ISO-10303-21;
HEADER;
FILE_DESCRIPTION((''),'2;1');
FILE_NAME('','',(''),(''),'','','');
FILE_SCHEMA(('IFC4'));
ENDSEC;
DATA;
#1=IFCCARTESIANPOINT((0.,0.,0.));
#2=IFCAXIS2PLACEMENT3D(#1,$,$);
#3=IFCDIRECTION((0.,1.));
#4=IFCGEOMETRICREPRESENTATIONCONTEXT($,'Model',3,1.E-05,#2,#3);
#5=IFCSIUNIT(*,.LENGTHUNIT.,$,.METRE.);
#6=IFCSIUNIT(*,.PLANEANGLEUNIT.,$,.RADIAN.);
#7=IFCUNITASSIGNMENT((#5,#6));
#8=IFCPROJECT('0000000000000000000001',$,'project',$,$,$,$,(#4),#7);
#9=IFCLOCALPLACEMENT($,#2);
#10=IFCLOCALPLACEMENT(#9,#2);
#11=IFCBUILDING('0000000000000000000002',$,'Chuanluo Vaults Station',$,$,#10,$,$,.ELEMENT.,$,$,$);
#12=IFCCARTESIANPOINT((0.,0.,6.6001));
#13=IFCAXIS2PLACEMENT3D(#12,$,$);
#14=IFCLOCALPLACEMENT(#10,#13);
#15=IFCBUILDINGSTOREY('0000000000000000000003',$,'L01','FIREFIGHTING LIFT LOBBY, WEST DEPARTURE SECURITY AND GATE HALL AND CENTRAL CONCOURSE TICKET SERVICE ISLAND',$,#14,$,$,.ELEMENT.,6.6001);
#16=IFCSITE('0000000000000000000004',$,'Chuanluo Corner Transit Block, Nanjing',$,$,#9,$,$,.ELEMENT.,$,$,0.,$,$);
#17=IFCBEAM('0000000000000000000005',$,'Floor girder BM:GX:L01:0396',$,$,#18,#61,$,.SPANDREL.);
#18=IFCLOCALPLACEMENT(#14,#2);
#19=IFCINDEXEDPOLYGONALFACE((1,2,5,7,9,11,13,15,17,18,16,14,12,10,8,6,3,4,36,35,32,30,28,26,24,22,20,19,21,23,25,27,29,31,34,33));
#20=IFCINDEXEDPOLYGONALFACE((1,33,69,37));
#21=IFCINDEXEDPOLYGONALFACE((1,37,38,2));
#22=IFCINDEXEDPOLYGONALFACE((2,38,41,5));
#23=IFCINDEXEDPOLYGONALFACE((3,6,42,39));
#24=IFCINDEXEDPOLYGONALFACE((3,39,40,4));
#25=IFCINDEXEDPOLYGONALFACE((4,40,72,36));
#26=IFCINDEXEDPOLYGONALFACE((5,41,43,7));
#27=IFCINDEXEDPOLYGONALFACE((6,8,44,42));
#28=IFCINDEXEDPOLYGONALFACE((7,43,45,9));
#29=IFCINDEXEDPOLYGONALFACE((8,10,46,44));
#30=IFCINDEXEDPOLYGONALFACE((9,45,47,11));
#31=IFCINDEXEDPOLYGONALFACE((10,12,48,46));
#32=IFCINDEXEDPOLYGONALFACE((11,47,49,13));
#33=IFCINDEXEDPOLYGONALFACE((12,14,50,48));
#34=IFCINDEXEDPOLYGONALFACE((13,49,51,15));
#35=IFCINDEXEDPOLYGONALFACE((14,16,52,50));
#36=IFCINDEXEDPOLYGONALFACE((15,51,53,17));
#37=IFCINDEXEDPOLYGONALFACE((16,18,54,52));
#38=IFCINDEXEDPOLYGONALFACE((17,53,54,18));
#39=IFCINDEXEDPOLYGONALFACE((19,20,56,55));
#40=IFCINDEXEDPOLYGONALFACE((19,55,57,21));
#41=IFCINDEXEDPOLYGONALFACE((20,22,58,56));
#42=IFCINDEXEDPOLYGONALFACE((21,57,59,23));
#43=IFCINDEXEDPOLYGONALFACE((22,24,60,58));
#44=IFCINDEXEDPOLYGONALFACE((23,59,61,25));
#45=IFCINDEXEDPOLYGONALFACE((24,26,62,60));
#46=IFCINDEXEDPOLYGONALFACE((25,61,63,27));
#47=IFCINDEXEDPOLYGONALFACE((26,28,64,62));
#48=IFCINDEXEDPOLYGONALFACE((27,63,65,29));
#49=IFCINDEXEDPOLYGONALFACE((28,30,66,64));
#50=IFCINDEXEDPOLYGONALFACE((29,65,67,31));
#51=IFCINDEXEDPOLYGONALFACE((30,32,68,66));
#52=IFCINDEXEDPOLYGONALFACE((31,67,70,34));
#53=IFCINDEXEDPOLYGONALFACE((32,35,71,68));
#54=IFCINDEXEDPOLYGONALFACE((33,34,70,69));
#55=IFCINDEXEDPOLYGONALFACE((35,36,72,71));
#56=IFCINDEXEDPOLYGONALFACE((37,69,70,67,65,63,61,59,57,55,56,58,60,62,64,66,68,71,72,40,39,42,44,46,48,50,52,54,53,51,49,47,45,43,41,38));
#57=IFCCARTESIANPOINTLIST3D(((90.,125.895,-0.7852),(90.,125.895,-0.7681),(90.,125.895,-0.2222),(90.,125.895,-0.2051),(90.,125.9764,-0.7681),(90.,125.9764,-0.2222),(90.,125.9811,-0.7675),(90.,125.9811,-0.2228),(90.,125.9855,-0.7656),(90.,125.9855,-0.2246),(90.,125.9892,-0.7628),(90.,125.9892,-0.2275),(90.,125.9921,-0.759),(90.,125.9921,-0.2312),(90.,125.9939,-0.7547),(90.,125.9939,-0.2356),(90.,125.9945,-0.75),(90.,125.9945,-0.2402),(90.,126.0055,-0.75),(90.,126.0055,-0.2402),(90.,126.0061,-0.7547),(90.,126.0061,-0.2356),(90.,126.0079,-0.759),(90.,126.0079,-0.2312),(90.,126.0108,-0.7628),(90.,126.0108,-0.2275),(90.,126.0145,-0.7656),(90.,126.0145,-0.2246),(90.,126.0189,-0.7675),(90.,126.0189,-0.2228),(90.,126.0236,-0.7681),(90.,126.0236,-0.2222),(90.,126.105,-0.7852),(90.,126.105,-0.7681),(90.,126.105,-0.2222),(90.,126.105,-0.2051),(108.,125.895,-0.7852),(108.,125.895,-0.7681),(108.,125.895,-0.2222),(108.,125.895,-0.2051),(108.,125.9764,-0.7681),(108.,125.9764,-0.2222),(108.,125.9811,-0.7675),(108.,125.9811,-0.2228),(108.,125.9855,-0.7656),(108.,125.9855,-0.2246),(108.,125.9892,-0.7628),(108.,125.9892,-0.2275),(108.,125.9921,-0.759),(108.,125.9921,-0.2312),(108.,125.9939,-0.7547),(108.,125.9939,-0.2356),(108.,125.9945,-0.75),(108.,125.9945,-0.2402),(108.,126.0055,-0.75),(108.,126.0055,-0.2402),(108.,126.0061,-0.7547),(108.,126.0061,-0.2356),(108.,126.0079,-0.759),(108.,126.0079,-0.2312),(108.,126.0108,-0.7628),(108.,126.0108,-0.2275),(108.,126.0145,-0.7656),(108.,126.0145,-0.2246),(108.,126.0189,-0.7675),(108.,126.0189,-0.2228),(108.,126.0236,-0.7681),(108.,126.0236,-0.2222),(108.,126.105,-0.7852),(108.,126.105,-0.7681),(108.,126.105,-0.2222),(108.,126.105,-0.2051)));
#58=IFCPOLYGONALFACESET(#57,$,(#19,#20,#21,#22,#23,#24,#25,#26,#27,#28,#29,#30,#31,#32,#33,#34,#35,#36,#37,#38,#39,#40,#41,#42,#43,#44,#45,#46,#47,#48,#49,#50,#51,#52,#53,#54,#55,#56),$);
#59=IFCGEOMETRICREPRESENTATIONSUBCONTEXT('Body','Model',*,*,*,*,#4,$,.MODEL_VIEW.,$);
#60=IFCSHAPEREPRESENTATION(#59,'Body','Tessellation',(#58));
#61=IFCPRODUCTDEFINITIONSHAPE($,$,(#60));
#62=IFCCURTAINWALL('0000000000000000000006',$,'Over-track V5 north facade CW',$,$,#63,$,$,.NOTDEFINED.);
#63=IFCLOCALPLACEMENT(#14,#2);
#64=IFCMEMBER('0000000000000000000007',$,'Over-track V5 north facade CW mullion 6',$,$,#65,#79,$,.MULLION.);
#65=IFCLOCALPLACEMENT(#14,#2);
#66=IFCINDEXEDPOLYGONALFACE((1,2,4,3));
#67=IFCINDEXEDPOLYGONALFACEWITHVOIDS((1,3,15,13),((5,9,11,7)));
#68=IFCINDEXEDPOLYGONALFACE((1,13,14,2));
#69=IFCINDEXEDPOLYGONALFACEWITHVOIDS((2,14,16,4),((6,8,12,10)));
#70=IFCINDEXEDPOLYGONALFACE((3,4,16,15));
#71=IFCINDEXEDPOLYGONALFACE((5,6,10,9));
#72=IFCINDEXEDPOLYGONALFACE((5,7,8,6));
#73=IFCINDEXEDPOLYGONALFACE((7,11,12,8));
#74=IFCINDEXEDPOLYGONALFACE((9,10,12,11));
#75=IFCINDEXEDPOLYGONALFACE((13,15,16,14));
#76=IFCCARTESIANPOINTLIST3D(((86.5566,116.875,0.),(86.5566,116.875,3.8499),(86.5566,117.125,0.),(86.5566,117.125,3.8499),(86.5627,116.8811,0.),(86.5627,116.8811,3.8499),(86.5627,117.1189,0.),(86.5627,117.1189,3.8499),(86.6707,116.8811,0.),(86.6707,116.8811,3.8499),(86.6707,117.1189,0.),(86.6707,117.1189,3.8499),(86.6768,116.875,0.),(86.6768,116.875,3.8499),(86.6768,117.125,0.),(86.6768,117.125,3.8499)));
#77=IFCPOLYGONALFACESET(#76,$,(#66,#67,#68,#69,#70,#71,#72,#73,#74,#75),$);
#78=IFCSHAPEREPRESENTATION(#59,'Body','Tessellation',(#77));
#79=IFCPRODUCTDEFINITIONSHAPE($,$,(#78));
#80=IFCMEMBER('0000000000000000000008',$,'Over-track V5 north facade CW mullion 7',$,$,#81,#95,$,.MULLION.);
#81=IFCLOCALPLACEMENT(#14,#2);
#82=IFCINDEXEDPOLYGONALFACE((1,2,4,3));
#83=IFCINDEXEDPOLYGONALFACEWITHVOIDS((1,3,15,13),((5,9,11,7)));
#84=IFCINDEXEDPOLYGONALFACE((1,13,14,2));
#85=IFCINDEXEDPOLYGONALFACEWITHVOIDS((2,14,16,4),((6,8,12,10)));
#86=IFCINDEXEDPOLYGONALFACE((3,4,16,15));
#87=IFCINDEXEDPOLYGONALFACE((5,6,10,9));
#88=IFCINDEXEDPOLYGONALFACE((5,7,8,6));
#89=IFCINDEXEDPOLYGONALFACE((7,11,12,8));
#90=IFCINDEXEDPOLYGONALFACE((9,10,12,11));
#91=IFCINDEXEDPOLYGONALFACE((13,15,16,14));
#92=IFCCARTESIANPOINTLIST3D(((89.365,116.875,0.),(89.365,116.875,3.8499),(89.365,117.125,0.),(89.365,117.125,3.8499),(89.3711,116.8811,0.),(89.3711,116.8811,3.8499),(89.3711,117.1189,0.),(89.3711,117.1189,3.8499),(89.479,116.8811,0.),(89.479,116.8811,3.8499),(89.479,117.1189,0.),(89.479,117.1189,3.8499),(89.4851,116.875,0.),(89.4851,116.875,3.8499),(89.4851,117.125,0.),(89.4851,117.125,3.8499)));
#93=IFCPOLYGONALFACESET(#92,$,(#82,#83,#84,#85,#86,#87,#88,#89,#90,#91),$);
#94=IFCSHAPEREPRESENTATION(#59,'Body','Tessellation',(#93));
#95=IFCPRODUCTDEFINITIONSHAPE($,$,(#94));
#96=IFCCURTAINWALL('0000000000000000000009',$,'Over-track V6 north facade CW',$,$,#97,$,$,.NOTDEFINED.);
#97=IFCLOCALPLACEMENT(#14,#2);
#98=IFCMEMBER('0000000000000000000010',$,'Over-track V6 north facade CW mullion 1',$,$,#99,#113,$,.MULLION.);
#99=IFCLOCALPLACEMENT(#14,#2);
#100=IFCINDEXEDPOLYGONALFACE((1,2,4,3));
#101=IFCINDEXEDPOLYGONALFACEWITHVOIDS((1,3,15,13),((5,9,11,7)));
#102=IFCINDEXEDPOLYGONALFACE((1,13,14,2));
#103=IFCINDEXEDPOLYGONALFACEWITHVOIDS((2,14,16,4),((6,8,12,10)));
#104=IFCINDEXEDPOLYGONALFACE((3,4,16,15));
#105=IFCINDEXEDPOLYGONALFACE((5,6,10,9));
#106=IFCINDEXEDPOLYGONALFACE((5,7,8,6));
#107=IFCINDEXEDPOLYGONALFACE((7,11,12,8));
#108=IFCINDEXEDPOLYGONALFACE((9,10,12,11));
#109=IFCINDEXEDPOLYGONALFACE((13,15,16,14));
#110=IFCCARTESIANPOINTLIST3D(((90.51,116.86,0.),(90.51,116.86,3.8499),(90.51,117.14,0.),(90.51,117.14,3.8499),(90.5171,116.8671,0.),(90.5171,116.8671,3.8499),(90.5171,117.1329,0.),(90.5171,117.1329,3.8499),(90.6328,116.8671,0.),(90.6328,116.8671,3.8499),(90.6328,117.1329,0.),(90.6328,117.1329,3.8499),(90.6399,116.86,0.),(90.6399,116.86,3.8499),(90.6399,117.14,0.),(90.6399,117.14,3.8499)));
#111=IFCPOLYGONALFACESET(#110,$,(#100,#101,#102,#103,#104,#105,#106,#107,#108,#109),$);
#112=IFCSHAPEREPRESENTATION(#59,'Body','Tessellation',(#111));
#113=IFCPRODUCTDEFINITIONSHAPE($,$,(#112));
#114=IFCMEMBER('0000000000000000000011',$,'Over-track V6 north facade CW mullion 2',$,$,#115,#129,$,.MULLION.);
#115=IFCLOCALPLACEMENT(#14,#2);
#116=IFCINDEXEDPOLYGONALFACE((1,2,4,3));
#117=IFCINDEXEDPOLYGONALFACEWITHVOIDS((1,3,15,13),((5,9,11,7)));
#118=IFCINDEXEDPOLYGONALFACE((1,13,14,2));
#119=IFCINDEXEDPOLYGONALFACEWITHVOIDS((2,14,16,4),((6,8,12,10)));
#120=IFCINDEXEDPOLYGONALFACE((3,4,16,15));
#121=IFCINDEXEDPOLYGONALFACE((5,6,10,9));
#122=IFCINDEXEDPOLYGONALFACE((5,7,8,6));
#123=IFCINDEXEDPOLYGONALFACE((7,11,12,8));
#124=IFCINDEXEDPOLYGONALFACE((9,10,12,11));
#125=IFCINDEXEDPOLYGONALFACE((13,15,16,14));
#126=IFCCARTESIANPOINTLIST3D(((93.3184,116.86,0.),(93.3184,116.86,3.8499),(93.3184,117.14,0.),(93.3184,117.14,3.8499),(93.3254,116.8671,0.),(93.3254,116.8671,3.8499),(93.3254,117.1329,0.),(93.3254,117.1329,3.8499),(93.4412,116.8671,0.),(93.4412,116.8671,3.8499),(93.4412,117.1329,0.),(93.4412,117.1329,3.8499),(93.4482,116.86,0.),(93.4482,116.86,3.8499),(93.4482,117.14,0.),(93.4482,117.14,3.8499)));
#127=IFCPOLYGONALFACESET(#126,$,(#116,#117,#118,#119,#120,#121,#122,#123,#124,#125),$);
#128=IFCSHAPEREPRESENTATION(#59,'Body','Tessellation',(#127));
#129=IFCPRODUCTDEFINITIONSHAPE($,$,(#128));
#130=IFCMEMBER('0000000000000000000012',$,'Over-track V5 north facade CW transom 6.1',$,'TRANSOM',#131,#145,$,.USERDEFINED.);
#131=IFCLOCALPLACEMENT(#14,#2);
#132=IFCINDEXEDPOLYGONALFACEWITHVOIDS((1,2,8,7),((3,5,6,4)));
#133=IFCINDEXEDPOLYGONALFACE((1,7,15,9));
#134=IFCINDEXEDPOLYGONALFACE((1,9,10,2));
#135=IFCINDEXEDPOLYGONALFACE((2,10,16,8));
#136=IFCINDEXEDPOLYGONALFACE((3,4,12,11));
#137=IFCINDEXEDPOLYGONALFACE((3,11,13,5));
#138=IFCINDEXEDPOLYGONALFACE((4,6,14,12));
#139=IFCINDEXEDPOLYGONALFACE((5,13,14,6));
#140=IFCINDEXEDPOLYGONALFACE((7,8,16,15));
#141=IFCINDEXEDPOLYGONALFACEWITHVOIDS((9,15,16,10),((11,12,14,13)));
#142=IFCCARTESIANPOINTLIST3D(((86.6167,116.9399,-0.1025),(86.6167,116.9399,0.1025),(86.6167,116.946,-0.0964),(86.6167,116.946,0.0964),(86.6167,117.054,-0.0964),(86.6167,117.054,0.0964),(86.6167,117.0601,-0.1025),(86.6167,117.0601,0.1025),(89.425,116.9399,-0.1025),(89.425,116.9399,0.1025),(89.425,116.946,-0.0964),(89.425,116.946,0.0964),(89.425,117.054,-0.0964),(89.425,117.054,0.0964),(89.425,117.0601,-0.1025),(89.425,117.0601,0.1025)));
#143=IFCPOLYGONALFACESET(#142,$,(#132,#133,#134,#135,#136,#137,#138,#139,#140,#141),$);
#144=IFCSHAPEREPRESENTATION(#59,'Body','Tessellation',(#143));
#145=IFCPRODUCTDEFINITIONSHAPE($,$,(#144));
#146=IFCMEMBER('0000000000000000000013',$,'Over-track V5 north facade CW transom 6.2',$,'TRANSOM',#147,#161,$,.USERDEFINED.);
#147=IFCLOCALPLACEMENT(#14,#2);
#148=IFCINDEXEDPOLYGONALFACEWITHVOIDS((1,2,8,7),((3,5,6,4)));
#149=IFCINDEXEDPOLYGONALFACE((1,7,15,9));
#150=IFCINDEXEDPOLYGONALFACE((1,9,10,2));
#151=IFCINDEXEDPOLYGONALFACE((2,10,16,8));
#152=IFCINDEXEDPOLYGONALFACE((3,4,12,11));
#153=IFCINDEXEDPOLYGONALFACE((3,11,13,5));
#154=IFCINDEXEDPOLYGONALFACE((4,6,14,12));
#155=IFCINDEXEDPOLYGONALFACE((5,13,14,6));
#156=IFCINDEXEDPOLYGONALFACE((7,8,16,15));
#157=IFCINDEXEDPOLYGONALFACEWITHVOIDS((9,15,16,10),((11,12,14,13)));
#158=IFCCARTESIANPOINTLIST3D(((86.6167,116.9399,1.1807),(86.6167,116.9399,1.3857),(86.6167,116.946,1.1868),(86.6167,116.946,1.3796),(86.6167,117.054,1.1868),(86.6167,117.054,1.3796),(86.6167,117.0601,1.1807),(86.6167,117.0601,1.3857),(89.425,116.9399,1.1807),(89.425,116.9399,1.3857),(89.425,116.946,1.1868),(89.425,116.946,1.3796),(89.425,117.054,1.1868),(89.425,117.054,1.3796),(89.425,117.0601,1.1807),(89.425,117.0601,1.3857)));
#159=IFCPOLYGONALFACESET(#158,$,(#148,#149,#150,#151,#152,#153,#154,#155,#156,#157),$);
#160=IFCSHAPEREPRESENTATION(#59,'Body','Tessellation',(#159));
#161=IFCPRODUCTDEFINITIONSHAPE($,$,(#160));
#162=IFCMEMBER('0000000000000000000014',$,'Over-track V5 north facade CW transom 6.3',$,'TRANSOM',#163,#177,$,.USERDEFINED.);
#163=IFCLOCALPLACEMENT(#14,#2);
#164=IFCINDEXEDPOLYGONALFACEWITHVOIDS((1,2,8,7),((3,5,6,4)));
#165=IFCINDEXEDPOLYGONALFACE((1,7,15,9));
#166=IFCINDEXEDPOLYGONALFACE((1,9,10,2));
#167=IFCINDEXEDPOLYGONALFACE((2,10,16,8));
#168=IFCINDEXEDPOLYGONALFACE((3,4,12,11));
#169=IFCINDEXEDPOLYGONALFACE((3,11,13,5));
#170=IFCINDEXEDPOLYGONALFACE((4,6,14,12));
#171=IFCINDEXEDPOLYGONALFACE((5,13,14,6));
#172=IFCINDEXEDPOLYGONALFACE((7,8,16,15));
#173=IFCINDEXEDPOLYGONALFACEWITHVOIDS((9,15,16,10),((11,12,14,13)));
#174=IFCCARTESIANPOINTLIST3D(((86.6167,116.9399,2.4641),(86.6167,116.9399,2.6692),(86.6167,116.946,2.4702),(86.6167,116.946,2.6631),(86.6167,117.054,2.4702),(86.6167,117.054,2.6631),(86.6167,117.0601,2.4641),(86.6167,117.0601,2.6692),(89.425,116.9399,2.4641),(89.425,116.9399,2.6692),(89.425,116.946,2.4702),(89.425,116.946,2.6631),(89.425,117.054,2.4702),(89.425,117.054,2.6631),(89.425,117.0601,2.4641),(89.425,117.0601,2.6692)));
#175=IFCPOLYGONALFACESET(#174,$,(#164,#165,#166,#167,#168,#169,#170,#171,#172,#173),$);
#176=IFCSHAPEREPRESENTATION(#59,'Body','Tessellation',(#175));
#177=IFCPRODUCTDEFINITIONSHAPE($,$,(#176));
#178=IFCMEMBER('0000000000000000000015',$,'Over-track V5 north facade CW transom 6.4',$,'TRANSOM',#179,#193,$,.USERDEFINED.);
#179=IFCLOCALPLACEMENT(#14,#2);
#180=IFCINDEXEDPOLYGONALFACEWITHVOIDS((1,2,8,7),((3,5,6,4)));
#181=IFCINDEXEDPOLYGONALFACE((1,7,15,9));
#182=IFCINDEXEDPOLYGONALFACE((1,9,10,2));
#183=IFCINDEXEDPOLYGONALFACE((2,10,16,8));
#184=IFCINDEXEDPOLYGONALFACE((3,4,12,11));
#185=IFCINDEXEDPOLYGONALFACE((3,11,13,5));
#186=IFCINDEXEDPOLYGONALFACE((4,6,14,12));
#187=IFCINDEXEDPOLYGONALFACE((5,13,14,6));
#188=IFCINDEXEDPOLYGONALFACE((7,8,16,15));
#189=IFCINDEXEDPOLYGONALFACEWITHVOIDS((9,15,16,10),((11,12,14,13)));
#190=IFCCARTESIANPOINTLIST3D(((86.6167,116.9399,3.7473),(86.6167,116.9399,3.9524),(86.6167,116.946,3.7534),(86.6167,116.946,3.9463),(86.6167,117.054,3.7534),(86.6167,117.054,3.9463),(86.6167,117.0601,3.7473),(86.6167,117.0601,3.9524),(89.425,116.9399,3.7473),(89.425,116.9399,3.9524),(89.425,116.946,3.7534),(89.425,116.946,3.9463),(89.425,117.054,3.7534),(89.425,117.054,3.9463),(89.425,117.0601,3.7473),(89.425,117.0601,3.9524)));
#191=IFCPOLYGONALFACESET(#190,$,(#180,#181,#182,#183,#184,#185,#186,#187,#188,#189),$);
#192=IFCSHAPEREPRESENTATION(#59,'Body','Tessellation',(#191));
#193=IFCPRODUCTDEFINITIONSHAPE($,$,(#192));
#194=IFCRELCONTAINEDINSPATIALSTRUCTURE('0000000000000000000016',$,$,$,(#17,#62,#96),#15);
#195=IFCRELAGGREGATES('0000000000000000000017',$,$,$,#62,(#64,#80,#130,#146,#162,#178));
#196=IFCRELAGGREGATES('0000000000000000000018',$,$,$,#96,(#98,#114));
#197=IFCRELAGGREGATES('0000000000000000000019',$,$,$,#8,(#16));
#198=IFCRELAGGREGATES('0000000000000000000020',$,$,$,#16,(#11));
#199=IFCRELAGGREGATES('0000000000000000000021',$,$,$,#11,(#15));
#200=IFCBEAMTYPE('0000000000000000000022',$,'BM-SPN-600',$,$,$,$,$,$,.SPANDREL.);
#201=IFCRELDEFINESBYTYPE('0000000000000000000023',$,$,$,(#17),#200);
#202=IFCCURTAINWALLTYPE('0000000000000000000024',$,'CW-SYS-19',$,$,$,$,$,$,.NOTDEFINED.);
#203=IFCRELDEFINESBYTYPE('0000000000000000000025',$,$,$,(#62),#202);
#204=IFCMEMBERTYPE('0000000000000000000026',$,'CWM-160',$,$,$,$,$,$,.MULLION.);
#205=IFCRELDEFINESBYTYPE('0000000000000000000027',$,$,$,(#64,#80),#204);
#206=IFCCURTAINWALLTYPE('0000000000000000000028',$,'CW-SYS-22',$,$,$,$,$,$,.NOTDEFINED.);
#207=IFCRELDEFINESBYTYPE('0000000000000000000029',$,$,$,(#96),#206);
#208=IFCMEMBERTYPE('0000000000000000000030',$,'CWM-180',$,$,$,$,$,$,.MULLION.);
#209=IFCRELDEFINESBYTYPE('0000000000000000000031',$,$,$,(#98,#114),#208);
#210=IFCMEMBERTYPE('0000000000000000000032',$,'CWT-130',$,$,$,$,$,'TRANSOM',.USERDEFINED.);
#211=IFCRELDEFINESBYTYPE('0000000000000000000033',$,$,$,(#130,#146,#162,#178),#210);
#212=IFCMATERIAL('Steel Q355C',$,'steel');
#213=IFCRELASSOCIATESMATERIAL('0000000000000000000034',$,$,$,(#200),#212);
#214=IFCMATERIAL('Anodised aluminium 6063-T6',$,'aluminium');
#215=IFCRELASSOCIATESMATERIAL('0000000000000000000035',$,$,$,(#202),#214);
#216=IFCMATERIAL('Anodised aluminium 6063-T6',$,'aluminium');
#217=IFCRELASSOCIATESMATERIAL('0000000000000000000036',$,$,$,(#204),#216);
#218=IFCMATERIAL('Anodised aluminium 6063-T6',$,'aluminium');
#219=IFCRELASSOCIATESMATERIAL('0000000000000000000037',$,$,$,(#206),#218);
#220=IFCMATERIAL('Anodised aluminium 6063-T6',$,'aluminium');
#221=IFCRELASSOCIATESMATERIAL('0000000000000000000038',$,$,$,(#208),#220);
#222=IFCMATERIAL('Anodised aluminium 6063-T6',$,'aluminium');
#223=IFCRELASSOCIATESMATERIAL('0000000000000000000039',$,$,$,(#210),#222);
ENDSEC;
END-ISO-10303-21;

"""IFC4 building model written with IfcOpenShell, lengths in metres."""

from ifc_helpers import new_model, si_unit, direction, frame, origin, origin_2d, place, context, subcontext, project, spatial, hollow_rectangle, i_section, extrude, material, material_profile, profile_set, type_object, element, aggregate, save


model = new_model("IFC4")

# Units and contexts
model_context = context("Model", 3, precision=1e-05, world=origin(), true_north=direction((0.0, 1.0)))
body_context = subcontext(model_context, "Body", "Model", "MODEL_VIEW")
ifc_project = project(units=[si_unit("LENGTHUNIT", "METRE"), si_unit("PLANEANGLEUNIT", "RADIAN")], contexts=[model_context])

# Site, building, storey
site_placement = place(None, origin())
site = spatial("IfcSite", under=ifc_project, at=site_placement, Name="Chuanluo Corner Transit Block, Nanjing", CompositionType="ELEMENT", RefElevation=0.0)
building_placement = place(site_placement, origin())
building = spatial("IfcBuilding", under=site, at=building_placement, Name="Chuanluo Vaults Station", CompositionType="ELEMENT")
storey_placement = place(building_placement, frame((0.0, 0.0, 6.6001)))
storey = spatial("IfcBuildingStorey", under=building, at=storey_placement, Name="L01", Description="FIREFIGHTING LIFT LOBBY, WEST DEPARTURE SECURITY AND GATE HALL AND CENTRAL CONCOURSE TICKET SERVICE ISLAND", CompositionType="ELEMENT", Elevation=6.6001)

# Beam
ifc_material_1 = material(Name="Steel Q355C", Category="steel")
ifc_material_profile_1 = material_profile(ifc_material_1, i_section(OverallWidth=0.21, OverallDepth=0.5801, WebThickness=0.011, FlangeThickness=0.0171, FilletRadius=0.0181, at=origin_2d()))
ifc_profile_set_1 = profile_set([ifc_material_profile_1], Name="Steel Q355C")
beam_type_1 = type_object("IfcBeamType", Name="BM-SPN-600", PredefinedType="SPANDREL", material=ifc_profile_set_1)
beam_1_placement = place(storey_placement, frame((90.0, 126.0, -0.4951), z_axis=(1.0, 0.0, 0.0), x_axis=(0.0, 1.0, 0.0)))
element("IfcBeam", 1, at=beam_1_placement, inside=storey, type_object=beam_type_1, Name="Floor girder BM:GX:L01:0396", PredefinedType="SPANDREL", context=body_context, shape_type="SweptSolid", body=[
    extrude(i_section(OverallWidth=0.21, OverallDepth=0.5801, WebThickness=0.011, FlangeThickness=0.0171, FilletRadius=0.0181, at=origin_2d()), origin(), (0.0, 0.0, 1.0), 18.0),
])

# Curtain walls, members
ifc_material_2 = material(Name="Anodised aluminium 6063-T6", Category="aluminium")
curtain_wall_type_1 = type_object("IfcCurtainWallType", Name="CW-SYS-19", PredefinedType="NOTDEFINED", material=ifc_material_2)
curtain_wall_1_placement = place(storey_placement, origin())
curtain_wall_1 = element("IfcCurtainWall", 2, at=curtain_wall_1_placement, inside=storey, type_object=curtain_wall_type_1, Name="Over-track V5 north facade CW", PredefinedType="NOTDEFINED")
ifc_material_3 = material(Name="Anodised aluminium 6063-T6", Category="aluminium")
ifc_material_profile_2 = material_profile(ifc_material_3, hollow_rectangle(XDim=0.1201, YDim=0.25, WallThickness=0.0061, at=origin_2d()))
ifc_profile_set_2 = profile_set([ifc_material_profile_2], Name="Anodised aluminium 6063-T6")
member_type_1 = type_object("IfcMemberType", Name="CWM-160", PredefinedType="MULLION", material=ifc_profile_set_2)
member_1_placement = place(storey_placement, frame((86.6167, 117.0, 0.0), z_axis=(0.0, 0.0, 1.0), x_axis=(1.0, 0.0, 0.0)))
member_1 = element("IfcMember", 3, at=member_1_placement, type_object=member_type_1, Name="Over-track V5 north facade CW mullion 6", PredefinedType="MULLION", context=body_context, shape_type="SweptSolid", body=[
    extrude(hollow_rectangle(XDim=0.1201, YDim=0.25, WallThickness=0.0061, at=origin_2d()), origin(), (0.0, 0.0, 1.0), 3.8499),
])
member_2_placement = place(storey_placement, frame((89.425, 117.0, 0.0), z_axis=(0.0, 0.0, 1.0), x_axis=(1.0, 0.0, 0.0)))
member_2 = element("IfcMember", 4, at=member_2_placement, type_object=member_type_1, Name="Over-track V5 north facade CW mullion 7", PredefinedType="MULLION", context=body_context, shape_type="SweptSolid", body=[
    extrude(hollow_rectangle(XDim=0.1201, YDim=0.25, WallThickness=0.0061, at=origin_2d()), origin(), (0.0, 0.0, 1.0), 3.8499),
])
ifc_material_4 = material(Name="Anodised aluminium 6063-T6", Category="aluminium")
curtain_wall_type_2 = type_object("IfcCurtainWallType", Name="CW-SYS-22", PredefinedType="NOTDEFINED", material=ifc_material_4)
curtain_wall_2_placement = place(storey_placement, origin())
curtain_wall_2 = element("IfcCurtainWall", 5, at=curtain_wall_2_placement, inside=storey, type_object=curtain_wall_type_2, Name="Over-track V6 north facade CW", PredefinedType="NOTDEFINED")
ifc_material_5 = material(Name="Anodised aluminium 6063-T6", Category="aluminium")
ifc_material_profile_3 = material_profile(ifc_material_5, hollow_rectangle(XDim=0.1299, YDim=0.28, WallThickness=0.0071, at=origin_2d()))
ifc_profile_set_3 = profile_set([ifc_material_profile_3], Name="Anodised aluminium 6063-T6")
member_type_2 = type_object("IfcMemberType", Name="CWM-180", PredefinedType="MULLION", material=ifc_profile_set_3)
member_3_placement = place(storey_placement, frame((90.575, 117.0, 0.0), z_axis=(0.0, 0.0, 1.0), x_axis=(1.0, 0.0, 0.0)))
member_3 = element("IfcMember", 6, at=member_3_placement, type_object=member_type_2, Name="Over-track V6 north facade CW mullion 1", PredefinedType="MULLION", context=body_context, shape_type="SweptSolid", body=[
    extrude(hollow_rectangle(XDim=0.1299, YDim=0.28, WallThickness=0.0071, at=origin_2d()), origin(), (0.0, 0.0, 1.0), 3.8499),
])
member_4_placement = place(storey_placement, frame((93.3833, 117.0, 0.0), z_axis=(0.0, 0.0, 1.0), x_axis=(1.0, 0.0, 0.0)))
member_4 = element("IfcMember", 7, at=member_4_placement, type_object=member_type_2, Name="Over-track V6 north facade CW mullion 2", PredefinedType="MULLION", context=body_context, shape_type="SweptSolid", body=[
    extrude(hollow_rectangle(XDim=0.1299, YDim=0.28, WallThickness=0.0071, at=origin_2d()), origin(), (0.0, 0.0, 1.0), 3.8499),
])

# Members
ifc_material_6 = material(Name="Anodised aluminium 6063-T6", Category="aluminium")
ifc_material_profile_4 = material_profile(ifc_material_6, hollow_rectangle(XDim=0.1201, YDim=0.2051, WallThickness=0.0061, at=origin_2d()))
ifc_profile_set_4 = profile_set([ifc_material_profile_4], Name="Anodised aluminium 6063-T6")
member_type_3 = type_object("IfcMemberType", Name="CWT-130", ElementType="TRANSOM", PredefinedType="USERDEFINED", material=ifc_profile_set_4)
member_5_placement = place(storey_placement, frame((86.6167, 117.0, 0.0), z_axis=(1.0, 0.0, 0.0), x_axis=(0.0, 1.0, 0.0)))
member_5 = element("IfcMember", 8, at=member_5_placement, type_object=member_type_3, Name="Over-track V5 north facade CW transom 6.1", ObjectType="TRANSOM", PredefinedType="USERDEFINED", context=body_context, shape_type="SweptSolid", body=[
    extrude(hollow_rectangle(XDim=0.1201, YDim=0.2051, WallThickness=0.0061, at=origin_2d()), origin(), (0.0, 0.0, 1.0), 2.8083),
])
member_6_placement = place(storey_placement, frame((86.6167, 117.0, 1.2832), z_axis=(1.0, 0.0, 0.0), x_axis=(0.0, 1.0, 0.0)))
member_6 = element("IfcMember", 9, at=member_6_placement, type_object=member_type_3, Name="Over-track V5 north facade CW transom 6.2", ObjectType="TRANSOM", PredefinedType="USERDEFINED", context=body_context, shape_type="SweptSolid", body=[
    extrude(hollow_rectangle(XDim=0.1201, YDim=0.2051, WallThickness=0.0061, at=origin_2d()), origin(), (0.0, 0.0, 1.0), 2.8083),
])
member_7_placement = place(storey_placement, frame((86.6167, 117.0, 2.5667), z_axis=(1.0, 0.0, 0.0), x_axis=(0.0, 1.0, 0.0)))
member_7 = element("IfcMember", 10, at=member_7_placement, type_object=member_type_3, Name="Over-track V5 north facade CW transom 6.3", ObjectType="TRANSOM", PredefinedType="USERDEFINED", context=body_context, shape_type="SweptSolid", body=[
    extrude(hollow_rectangle(XDim=0.1201, YDim=0.2051, WallThickness=0.0061, at=origin_2d()), origin(), (0.0, 0.0, 1.0), 2.8083),
])
member_8_placement = place(storey_placement, frame((86.6167, 117.0, 3.8499), z_axis=(1.0, 0.0, 0.0), x_axis=(0.0, 1.0, 0.0)))
member_8 = element("IfcMember", 11, at=member_8_placement, type_object=member_type_3, Name="Over-track V5 north facade CW transom 6.4", ObjectType="TRANSOM", PredefinedType="USERDEFINED", context=body_context, shape_type="SweptSolid", body=[
    extrude(hollow_rectangle(XDim=0.1201, YDim=0.2051, WallThickness=0.0061, at=origin_2d()), origin(), (0.0, 0.0, 1.0), 2.8083),
])

aggregate(curtain_wall_1, [member_1, member_2, member_5, member_6, member_7, member_8])
aggregate(curtain_wall_2, [member_3, member_4])

save(model, "model.ifc")
